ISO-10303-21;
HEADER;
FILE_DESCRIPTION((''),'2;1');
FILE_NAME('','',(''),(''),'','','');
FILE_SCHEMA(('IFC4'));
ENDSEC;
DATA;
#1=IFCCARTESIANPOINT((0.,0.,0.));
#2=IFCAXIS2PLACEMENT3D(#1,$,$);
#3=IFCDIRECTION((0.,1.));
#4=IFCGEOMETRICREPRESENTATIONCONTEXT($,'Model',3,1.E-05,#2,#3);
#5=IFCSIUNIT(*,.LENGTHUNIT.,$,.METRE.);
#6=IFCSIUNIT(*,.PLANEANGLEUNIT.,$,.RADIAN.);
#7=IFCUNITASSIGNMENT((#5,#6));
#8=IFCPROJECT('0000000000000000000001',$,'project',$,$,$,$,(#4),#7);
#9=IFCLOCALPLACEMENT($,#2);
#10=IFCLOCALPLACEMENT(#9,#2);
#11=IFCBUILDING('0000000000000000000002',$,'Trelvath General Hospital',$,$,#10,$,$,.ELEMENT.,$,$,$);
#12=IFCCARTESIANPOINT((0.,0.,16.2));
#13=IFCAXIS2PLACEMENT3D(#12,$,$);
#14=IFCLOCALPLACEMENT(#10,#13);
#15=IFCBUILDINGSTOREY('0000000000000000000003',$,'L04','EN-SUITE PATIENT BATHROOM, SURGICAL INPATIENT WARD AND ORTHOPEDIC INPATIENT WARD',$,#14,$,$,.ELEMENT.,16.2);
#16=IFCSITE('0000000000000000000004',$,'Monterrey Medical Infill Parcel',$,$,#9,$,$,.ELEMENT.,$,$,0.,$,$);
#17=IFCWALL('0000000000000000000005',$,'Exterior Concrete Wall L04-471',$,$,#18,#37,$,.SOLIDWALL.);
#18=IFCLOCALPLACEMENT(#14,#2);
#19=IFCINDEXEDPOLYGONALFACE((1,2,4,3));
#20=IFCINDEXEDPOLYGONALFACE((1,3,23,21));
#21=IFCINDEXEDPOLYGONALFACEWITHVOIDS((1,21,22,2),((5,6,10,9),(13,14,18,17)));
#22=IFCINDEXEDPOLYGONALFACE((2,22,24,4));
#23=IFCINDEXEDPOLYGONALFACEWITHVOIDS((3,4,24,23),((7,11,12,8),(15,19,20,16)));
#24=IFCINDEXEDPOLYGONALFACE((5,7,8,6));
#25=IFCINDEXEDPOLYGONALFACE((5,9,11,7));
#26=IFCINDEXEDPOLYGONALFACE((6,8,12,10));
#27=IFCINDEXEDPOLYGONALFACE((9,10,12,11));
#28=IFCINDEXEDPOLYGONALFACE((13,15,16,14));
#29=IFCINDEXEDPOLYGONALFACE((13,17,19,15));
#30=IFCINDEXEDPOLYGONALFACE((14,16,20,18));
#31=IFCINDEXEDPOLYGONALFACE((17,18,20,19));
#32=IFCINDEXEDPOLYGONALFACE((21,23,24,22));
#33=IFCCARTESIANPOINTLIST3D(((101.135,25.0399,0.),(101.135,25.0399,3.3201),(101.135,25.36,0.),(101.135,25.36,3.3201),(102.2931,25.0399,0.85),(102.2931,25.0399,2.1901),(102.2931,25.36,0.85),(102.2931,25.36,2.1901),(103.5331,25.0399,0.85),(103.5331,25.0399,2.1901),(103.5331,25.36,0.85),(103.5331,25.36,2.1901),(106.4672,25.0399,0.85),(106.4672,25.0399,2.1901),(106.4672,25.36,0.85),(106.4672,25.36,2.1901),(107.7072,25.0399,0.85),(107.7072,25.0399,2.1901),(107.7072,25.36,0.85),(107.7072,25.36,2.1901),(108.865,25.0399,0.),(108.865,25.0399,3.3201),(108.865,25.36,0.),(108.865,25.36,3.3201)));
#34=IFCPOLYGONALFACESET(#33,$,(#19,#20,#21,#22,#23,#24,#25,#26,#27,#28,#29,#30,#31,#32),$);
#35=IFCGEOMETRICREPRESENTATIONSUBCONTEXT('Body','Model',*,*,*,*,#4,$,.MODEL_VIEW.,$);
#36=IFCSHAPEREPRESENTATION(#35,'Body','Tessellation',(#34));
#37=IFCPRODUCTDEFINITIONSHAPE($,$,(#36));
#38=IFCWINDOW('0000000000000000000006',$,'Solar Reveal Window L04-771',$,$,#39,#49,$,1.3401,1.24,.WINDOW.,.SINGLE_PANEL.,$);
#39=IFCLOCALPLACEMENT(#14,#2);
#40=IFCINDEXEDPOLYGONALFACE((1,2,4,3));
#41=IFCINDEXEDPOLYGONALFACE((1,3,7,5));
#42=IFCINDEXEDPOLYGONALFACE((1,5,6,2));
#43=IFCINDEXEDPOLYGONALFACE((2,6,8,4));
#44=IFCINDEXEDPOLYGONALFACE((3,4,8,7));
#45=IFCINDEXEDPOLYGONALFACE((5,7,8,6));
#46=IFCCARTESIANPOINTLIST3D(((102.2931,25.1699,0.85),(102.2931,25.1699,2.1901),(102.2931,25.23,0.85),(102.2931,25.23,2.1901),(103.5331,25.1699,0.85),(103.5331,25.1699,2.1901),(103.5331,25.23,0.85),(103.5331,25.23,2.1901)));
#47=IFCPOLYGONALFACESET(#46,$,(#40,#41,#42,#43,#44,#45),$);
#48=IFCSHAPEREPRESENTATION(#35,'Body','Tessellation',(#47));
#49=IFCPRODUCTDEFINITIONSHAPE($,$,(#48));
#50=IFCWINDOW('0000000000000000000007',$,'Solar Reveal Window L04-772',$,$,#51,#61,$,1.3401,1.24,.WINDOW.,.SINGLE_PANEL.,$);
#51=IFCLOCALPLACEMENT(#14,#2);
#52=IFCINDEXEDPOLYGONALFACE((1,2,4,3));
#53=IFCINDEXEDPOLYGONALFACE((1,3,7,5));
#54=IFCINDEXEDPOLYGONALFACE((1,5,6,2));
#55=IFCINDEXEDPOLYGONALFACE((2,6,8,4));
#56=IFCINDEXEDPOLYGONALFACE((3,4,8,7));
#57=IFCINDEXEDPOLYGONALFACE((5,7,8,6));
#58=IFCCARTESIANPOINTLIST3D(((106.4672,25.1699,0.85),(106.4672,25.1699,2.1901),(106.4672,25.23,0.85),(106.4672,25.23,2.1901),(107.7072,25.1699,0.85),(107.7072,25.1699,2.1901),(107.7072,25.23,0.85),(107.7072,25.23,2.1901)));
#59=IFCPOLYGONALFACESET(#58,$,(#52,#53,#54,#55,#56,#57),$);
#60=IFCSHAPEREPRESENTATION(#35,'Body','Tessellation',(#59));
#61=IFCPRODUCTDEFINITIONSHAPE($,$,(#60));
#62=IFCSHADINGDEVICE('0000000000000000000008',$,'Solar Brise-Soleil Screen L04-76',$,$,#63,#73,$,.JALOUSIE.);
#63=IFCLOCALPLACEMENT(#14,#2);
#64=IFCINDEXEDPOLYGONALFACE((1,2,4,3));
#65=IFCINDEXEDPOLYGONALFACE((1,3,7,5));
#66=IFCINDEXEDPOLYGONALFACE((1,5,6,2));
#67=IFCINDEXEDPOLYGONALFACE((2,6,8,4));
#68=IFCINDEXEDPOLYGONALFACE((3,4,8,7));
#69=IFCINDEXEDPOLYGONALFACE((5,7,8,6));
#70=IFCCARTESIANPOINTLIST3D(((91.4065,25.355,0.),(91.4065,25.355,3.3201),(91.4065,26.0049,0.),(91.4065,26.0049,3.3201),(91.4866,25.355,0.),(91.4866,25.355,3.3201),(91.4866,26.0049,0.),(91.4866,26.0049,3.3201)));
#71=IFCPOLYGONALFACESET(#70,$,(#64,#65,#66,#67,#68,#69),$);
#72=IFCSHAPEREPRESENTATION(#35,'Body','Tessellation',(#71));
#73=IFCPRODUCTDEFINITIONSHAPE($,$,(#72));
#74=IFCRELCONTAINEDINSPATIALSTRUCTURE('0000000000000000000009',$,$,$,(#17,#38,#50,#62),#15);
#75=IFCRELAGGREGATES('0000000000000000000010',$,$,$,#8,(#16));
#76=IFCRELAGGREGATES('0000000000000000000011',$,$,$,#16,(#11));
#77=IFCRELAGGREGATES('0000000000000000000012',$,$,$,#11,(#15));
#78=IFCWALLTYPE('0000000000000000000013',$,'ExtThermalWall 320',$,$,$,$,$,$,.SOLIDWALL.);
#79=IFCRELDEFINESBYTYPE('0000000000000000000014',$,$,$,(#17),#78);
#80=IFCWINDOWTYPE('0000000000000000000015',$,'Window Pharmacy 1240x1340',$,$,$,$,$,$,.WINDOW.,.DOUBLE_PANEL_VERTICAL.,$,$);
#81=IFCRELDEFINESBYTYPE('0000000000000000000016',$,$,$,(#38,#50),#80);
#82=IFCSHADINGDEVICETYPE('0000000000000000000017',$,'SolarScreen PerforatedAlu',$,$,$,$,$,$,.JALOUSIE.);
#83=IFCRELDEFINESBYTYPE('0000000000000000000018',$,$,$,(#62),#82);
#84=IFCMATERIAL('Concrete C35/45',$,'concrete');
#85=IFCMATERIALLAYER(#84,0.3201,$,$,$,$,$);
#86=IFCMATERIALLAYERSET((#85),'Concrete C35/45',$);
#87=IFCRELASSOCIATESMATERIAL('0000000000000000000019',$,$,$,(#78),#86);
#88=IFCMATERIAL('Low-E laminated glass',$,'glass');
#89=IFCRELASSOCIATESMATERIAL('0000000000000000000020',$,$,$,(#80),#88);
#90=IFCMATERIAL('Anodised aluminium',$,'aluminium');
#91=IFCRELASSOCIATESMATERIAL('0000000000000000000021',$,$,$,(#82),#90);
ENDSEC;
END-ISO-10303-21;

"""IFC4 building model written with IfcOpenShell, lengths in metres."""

from ifc_helpers import new_model, si_unit, direction, frame, frame_2d, origin, origin_2d, place, context, subcontext, project, spatial, rectangle, extrude, material, layer, layer_set, type_object, element, fill, save


model = new_model("IFC4")

# Units and contexts
model_context = context("Model", 3, precision=1e-05, world=origin(), true_north=direction((0.0, 1.0)))
body_context = subcontext(model_context, "Body", "Model", "MODEL_VIEW")
ifc_project = project(units=[si_unit("LENGTHUNIT", "METRE"), si_unit("PLANEANGLEUNIT", "RADIAN")], contexts=[model_context])

# Site, building, storey
site_placement = place(None, origin())
site = spatial("IfcSite", under=ifc_project, at=site_placement, Name="Monterrey Medical Infill Parcel", CompositionType="ELEMENT", RefElevation=0.0)
building_placement = place(site_placement, origin())
building = spatial("IfcBuilding", under=site, at=building_placement, Name="Trelvath General Hospital", CompositionType="ELEMENT")
storey_placement = place(building_placement, frame((0.0, 0.0, 16.2)))
storey = spatial("IfcBuildingStorey", under=building, at=storey_placement, Name="L04", Description="EN-SUITE PATIENT BATHROOM, SURGICAL INPATIENT WARD AND ORTHOPEDIC INPATIENT WARD", CompositionType="ELEMENT", Elevation=16.2)

# Wall, openings, windows
ifc_material_1 = material(Name="Concrete C35/45", Category="concrete")
ifc_layer_1 = layer(ifc_material_1, 0.3201)
ifc_layer_set_1 = layer_set([ifc_layer_1], Name="Concrete C35/45")
wall_type_1 = type_object("IfcWallType", Name="ExtThermalWall 320", PredefinedType="SOLIDWALL", material=ifc_layer_set_1)
wall_placement = place(storey_placement, frame((101.135, 25.2, 0.0), z_axis=(0.0, 0.0, 1.0), x_axis=(1.0, 0.0, 0.0)))
wall = element("IfcWall", 1, at=wall_placement, inside=storey, type_object=wall_type_1, Name="Exterior Concrete Wall L04-471", PredefinedType="SOLIDWALL", context=body_context, shape_type="SweptSolid", body=[
    extrude(rectangle(XDim=7.73, YDim=0.3201, at=frame_2d((3.865, 0.0))), origin(), (0.0, 0.0, 1.0), 3.3201),
])
opening_1_placement = place(wall_placement, frame((1.158, 0.0, 0.8501)))
opening_1 = element("IfcOpeningElement", 2, at=opening_1_placement, cuts=wall, PredefinedType="OPENING", context=body_context, shape_type="SweptSolid", body=[
    extrude(rectangle(XDim=1.24, YDim=1.3401, at=frame_2d((0.6201, 0.6699))), frame((0.0, 0.1699, 0.0), z_axis=(0.0, -1.0, 0.0), x_axis=(1.0, 0.0, 0.0)), (0.0, 0.0, 1.0), 0.3401),
])
opening_2_placement = place(wall_placement, frame((5.332, 0.0, 0.8501)))
opening_2 = element("IfcOpeningElement", 3, at=opening_2_placement, cuts=wall, PredefinedType="OPENING", context=body_context, shape_type="SweptSolid", body=[
    extrude(rectangle(XDim=1.24, YDim=1.3401, at=frame_2d((0.6201, 0.6699))), frame((0.0, 0.1699, 0.0), z_axis=(0.0, -1.0, 0.0), x_axis=(1.0, 0.0, 0.0)), (0.0, 0.0, 1.0), 0.3401),
])
ifc_material_2 = material(Name="Low-E laminated glass", Category="glass")
window_type = type_object("IfcWindowType", Name="Window Pharmacy 1240x1340", PartitioningType="DOUBLE_PANEL_VERTICAL", PredefinedType="WINDOW", material=ifc_material_2)
window_1_placement = place(opening_1_placement, origin())
window_1 = element("IfcWindow", 4, at=window_1_placement, inside=storey, type_object=window_type, Name="Solar Reveal Window L04-771", OverallHeight=1.3401, OverallWidth=1.24, PartitioningType="SINGLE_PANEL", PredefinedType="WINDOW", context=body_context, shape_type="SweptSolid", body=[
    extrude(rectangle(XDim=1.24, YDim=1.3401, at=frame_2d((0.6201, 0.6699))), frame((0.0, 0.03, 0.0), z_axis=(0.0, -1.0, 0.0), x_axis=(1.0, 0.0, 0.0)), (0.0, 0.0, 1.0), 0.0601),
])
fill(opening_1, window_1)
window_2_placement = place(opening_2_placement, origin())
window_2 = element("IfcWindow", 5, at=window_2_placement, inside=storey, type_object=window_type, Name="Solar Reveal Window L04-772", OverallHeight=1.3401, OverallWidth=1.24, PartitioningType="SINGLE_PANEL", PredefinedType="WINDOW", context=body_context, shape_type="SweptSolid", body=[
    extrude(rectangle(XDim=1.24, YDim=1.3401, at=frame_2d((0.6201, 0.6699))), frame((0.0, 0.03, 0.0), z_axis=(0.0, -1.0, 0.0), x_axis=(1.0, 0.0, 0.0)), (0.0, 0.0, 1.0), 0.0601),
])
fill(opening_2, window_2)

# Shading device
ifc_material_3 = material(Name="Anodised aluminium", Category="aluminium")
shading_device_type = type_object("IfcShadingDeviceType", Name="SolarScreen PerforatedAlu", PredefinedType="JALOUSIE", material=ifc_material_3)
shading_device_placement = place(storey_placement, frame((91.4465, 25.6799, 0.0), z_axis=(0.0, 0.0, 1.0), x_axis=(0.0, 1.0, 0.0)))
element("IfcShadingDevice", 6, at=shading_device_placement, inside=storey, type_object=shading_device_type, Name="Solar Brise-Soleil Screen L04-76", PredefinedType="JALOUSIE", context=body_context, shape_type="SweptSolid", body=[
    extrude(rectangle(XDim=0.6499, YDim=0.0801, at=origin_2d()), origin(), (0.0, 0.0, 1.0), 3.3201),
])

save(model, "model.ifc")
